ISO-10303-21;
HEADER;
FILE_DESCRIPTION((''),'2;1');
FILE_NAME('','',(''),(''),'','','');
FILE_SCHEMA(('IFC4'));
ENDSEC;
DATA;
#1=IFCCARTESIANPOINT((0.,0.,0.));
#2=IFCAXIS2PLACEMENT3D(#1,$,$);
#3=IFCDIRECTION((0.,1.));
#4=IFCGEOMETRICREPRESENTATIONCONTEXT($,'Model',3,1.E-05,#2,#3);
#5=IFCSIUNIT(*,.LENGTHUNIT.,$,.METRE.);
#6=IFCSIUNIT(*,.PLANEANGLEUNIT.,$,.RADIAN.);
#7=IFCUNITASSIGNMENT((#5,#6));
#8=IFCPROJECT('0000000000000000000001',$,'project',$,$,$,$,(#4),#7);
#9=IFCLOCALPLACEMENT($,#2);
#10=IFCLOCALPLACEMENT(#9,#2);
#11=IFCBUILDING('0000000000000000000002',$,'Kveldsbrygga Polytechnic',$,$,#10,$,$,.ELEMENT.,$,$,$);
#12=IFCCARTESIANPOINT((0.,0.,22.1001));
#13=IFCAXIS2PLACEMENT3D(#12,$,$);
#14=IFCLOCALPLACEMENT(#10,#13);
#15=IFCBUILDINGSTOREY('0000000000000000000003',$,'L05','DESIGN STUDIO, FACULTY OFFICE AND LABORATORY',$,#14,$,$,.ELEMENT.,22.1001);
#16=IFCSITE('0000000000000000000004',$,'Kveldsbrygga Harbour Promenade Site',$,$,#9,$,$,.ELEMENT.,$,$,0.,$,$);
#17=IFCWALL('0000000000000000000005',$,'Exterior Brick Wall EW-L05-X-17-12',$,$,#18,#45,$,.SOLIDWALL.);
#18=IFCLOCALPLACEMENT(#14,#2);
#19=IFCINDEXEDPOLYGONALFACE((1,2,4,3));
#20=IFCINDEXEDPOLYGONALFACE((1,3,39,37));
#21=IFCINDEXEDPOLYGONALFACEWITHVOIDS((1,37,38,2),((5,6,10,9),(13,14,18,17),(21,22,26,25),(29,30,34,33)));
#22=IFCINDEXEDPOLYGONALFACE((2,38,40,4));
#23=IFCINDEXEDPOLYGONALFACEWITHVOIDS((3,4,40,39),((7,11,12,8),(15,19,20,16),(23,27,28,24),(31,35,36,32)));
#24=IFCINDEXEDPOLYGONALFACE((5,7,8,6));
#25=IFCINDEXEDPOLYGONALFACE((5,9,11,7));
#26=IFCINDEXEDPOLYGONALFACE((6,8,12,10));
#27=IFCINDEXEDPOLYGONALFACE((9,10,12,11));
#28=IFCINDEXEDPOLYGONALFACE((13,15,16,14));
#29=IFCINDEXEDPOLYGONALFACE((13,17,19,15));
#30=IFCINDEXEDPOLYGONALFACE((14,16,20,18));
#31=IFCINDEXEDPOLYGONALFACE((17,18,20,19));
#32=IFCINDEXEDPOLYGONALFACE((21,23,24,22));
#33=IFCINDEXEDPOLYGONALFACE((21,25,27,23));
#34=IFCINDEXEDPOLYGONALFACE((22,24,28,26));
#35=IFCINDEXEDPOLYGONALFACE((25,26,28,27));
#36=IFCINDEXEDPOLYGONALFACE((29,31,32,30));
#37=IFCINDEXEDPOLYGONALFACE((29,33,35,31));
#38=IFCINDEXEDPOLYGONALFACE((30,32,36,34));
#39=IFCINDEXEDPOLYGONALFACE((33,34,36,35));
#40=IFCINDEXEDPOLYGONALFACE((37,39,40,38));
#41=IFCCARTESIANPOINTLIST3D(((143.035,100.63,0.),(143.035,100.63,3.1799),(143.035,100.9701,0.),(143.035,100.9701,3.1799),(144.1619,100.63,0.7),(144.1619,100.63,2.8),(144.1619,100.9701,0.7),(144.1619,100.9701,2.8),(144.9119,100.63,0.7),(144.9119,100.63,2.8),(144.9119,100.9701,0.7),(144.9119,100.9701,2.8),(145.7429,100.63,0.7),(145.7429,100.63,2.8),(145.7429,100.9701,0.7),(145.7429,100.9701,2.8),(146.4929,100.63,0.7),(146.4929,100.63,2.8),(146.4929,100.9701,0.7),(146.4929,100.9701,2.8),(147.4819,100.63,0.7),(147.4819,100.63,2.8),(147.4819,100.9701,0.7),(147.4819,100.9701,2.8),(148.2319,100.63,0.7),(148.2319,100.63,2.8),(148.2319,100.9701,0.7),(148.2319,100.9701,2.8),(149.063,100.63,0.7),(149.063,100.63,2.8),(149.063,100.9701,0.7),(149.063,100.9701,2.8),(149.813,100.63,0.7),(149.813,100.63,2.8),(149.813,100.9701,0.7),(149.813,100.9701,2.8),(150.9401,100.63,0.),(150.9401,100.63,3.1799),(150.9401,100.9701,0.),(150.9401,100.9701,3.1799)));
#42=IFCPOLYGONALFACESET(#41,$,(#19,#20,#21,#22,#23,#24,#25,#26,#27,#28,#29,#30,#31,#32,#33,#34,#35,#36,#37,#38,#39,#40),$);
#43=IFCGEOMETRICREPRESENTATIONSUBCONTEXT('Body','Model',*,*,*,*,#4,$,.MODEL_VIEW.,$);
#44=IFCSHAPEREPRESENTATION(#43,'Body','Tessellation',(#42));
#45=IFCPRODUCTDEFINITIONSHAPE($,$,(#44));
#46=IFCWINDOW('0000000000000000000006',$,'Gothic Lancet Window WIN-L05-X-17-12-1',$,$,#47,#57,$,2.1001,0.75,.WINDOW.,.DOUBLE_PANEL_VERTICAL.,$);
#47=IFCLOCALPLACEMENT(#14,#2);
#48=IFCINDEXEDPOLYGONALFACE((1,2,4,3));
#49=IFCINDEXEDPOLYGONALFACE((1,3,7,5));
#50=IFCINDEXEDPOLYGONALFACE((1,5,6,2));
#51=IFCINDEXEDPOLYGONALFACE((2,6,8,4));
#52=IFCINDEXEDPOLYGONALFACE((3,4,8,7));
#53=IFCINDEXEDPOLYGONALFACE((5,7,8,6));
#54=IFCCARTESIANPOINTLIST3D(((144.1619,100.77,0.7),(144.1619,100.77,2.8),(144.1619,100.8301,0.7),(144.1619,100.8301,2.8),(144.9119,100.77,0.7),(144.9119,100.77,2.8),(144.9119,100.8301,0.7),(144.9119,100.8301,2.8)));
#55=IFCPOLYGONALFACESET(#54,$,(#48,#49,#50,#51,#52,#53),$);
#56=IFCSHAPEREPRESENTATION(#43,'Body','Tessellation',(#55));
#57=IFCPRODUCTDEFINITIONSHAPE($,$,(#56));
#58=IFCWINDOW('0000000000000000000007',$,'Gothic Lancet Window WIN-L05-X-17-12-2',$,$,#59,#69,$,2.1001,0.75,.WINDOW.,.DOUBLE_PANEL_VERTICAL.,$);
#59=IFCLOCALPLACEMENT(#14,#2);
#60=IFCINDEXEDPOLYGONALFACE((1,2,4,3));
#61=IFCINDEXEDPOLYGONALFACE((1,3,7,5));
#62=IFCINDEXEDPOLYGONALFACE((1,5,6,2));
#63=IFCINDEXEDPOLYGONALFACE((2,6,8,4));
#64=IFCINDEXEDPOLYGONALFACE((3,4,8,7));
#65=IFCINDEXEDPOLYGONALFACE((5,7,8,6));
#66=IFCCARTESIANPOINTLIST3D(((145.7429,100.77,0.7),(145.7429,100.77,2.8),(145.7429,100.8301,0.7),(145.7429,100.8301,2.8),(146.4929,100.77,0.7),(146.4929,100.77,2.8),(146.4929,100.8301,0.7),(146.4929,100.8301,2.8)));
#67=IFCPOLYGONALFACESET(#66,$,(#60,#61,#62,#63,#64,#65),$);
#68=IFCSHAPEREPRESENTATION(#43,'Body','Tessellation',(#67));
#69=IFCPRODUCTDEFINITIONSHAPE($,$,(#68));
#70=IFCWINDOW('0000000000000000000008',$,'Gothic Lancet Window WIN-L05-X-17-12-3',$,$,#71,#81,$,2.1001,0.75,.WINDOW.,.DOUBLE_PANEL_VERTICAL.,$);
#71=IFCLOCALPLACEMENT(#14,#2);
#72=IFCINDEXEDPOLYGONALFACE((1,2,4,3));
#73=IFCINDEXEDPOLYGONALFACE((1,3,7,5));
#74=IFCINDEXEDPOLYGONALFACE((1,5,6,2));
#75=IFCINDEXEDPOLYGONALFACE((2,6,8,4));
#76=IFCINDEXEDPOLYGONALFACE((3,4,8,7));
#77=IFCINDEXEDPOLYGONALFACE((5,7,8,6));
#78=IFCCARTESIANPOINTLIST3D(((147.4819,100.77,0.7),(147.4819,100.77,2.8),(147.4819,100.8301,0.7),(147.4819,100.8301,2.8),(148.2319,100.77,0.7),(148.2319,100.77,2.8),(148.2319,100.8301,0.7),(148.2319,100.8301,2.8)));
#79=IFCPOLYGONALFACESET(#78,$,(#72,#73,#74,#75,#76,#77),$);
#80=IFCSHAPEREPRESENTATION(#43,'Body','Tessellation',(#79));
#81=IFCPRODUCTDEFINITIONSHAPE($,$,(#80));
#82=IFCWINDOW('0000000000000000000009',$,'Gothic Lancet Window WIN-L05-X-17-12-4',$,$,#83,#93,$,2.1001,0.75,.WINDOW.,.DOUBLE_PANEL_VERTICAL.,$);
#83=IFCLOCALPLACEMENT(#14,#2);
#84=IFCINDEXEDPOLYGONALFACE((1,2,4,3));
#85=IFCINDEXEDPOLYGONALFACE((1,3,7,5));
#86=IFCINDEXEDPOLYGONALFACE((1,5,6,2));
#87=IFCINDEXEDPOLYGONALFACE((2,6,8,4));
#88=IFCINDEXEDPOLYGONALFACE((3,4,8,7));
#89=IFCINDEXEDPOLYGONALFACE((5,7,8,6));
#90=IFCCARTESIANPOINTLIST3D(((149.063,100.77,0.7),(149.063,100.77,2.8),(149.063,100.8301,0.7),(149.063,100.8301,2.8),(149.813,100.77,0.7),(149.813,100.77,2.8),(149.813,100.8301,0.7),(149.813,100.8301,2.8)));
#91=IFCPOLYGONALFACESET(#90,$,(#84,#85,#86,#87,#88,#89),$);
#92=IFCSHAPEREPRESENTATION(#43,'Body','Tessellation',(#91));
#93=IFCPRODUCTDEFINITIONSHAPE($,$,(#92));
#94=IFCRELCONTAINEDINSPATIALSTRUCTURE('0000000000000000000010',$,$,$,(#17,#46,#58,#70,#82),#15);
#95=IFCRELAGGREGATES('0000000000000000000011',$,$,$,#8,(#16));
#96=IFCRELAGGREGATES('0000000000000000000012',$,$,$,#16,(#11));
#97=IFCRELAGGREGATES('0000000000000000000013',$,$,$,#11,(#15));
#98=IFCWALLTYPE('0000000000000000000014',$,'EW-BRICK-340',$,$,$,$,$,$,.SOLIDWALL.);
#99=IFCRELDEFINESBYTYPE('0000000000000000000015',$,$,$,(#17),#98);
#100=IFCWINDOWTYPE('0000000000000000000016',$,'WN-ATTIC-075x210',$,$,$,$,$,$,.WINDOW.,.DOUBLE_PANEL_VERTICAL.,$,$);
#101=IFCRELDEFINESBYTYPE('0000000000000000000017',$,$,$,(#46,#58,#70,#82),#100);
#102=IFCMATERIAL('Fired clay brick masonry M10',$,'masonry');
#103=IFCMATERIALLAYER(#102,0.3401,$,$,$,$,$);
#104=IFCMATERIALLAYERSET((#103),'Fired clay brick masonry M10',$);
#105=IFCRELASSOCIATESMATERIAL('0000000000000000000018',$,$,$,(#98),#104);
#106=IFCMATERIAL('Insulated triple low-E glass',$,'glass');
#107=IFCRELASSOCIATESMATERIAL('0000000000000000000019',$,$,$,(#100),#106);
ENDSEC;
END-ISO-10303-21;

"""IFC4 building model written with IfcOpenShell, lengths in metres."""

from ifc_helpers import new_model, si_unit, direction, frame, frame_2d, origin, place, context, subcontext, project, spatial, rectangle, extrude, material, layer, layer_set, type_object, element, fill, save


model = new_model("IFC4")

# Units and contexts
model_context = context("Model", 3, precision=1e-05, world=origin(), true_north=direction((0.0, 1.0)))
body_context = subcontext(model_context, "Body", "Model", "MODEL_VIEW")
ifc_project = project(units=[si_unit("LENGTHUNIT", "METRE"), si_unit("PLANEANGLEUNIT", "RADIAN")], contexts=[model_context])

# Site, building, storey
site_placement = place(None, origin())
site = spatial("IfcSite", under=ifc_project, at=site_placement, Name="Kveldsbrygga Harbour Promenade Site", CompositionType="ELEMENT", RefElevation=0.0)
building_placement = place(site_placement, origin())
building = spatial("IfcBuilding", under=site, at=building_placement, Name="Kveldsbrygga Polytechnic", CompositionType="ELEMENT")
storey_placement = place(building_placement, frame((0.0, 0.0, 22.1001)))
storey = spatial("IfcBuildingStorey", under=building, at=storey_placement, Name="L05", Description="DESIGN STUDIO, FACULTY OFFICE AND LABORATORY", CompositionType="ELEMENT", Elevation=22.1001)

# Shared definitions
ifc_material_1 = material(Name="Insulated triple low-E glass", Category="glass")

# Wall, openings, windows
ifc_material_2 = material(Name="Fired clay brick masonry M10", Category="masonry")
ifc_layer_1 = layer(ifc_material_2, 0.3401)
ifc_layer_set_1 = layer_set([ifc_layer_1], Name="Fired clay brick masonry M10")
wall_type = type_object("IfcWallType", Name="EW-BRICK-340", PredefinedType="SOLIDWALL", material=ifc_layer_set_1)
wall_placement = place(storey_placement, frame((143.0349, 100.8, 0.0), z_axis=(0.0, 0.0, 1.0), x_axis=(1.0, 0.0, 0.0)))
wall = element("IfcWall", 1, at=wall_placement, inside=storey, type_object=wall_type, Name="Exterior Brick Wall EW-L05-X-17-12", PredefinedType="SOLIDWALL", context=body_context, shape_type="SweptSolid", body=[
    extrude(rectangle(XDim=7.905, YDim=0.3401, at=frame_2d((3.9526, 0.0))), origin(), (0.0, 0.0, 1.0), 3.1799),
])
opening_1_placement = place(wall_placement, frame((1.127, 0.0, 0.7)))
opening_1 = element("IfcOpeningElement", 2, at=opening_1_placement, cuts=wall, PredefinedType="OPENING", context=body_context, shape_type="SweptSolid", body=[
    extrude(rectangle(XDim=0.75, YDim=2.1001, at=frame_2d((0.375, 1.05))), frame((0.0, 0.1802, 0.0), z_axis=(0.0, -1.0, 0.0), x_axis=(1.0, 0.0, 0.0)), (0.0, 0.0, 1.0), 0.3601),
])
opening_2_placement = place(wall_placement, frame((2.708, 0.0, 0.7)))
opening_2 = element("IfcOpeningElement", 3, at=opening_2_placement, cuts=wall, PredefinedType="OPENING", context=body_context, shape_type="SweptSolid", body=[
    extrude(rectangle(XDim=0.75, YDim=2.1001, at=frame_2d((0.375, 1.05))), frame((0.0, 0.1802, 0.0), z_axis=(0.0, -1.0, 0.0), x_axis=(1.0, 0.0, 0.0)), (0.0, 0.0, 1.0), 0.3601),
])
opening_3_placement = place(wall_placement, frame((4.447, 0.0, 0.7)))
opening_3 = element("IfcOpeningElement", 4, at=opening_3_placement, cuts=wall, PredefinedType="OPENING", context=body_context, shape_type="SweptSolid", body=[
    extrude(rectangle(XDim=0.75, YDim=2.1001, at=frame_2d((0.375, 1.05))), frame((0.0, 0.1802, 0.0), z_axis=(0.0, -1.0, 0.0), x_axis=(1.0, 0.0, 0.0)), (0.0, 0.0, 1.0), 0.3601),
])
opening_4_placement = place(wall_placement, frame((6.0281, 0.0, 0.7)))
opening_4 = element("IfcOpeningElement", 5, at=opening_4_placement, cuts=wall, PredefinedType="OPENING", context=body_context, shape_type="SweptSolid", body=[
    extrude(rectangle(XDim=0.75, YDim=2.1001, at=frame_2d((0.375, 1.05))), frame((0.0, 0.1802, 0.0), z_axis=(0.0, -1.0, 0.0), x_axis=(1.0, 0.0, 0.0)), (0.0, 0.0, 1.0), 0.3601),
])
window_type = type_object("IfcWindowType", Name="WN-ATTIC-075x210", PartitioningType="DOUBLE_PANEL_VERTICAL", PredefinedType="WINDOW", material=ifc_material_1)
window_1_placement = place(opening_1_placement, origin())
window_1 = element("IfcWindow", 6, at=window_1_placement, inside=storey, type_object=window_type, Name="Gothic Lancet Window WIN-L05-X-17-12-1", OverallHeight=2.1001, OverallWidth=0.75, PartitioningType="DOUBLE_PANEL_VERTICAL", PredefinedType="WINDOW", context=body_context, shape_type="SweptSolid", body=[
    extrude(rectangle(XDim=0.75, YDim=2.1001, at=frame_2d((0.375, 1.05))), frame((0.0, 0.03, 0.0), z_axis=(0.0, -1.0, 0.0), x_axis=(1.0, 0.0, 0.0)), (0.0, 0.0, 1.0), 0.0601),
])
fill(opening_1, window_1)
window_2_placement = place(opening_2_placement, origin())
window_2 = element("IfcWindow", 7, at=window_2_placement, inside=storey, type_object=window_type, Name="Gothic Lancet Window WIN-L05-X-17-12-2", OverallHeight=2.1001, OverallWidth=0.75, PartitioningType="DOUBLE_PANEL_VERTICAL", PredefinedType="WINDOW", context=body_context, shape_type="SweptSolid", body=[
    extrude(rectangle(XDim=0.75, YDim=2.1001, at=frame_2d((0.375, 1.05))), frame((0.0, 0.03, 0.0), z_axis=(0.0, -1.0, 0.0), x_axis=(1.0, 0.0, 0.0)), (0.0, 0.0, 1.0), 0.0601),
])
fill(opening_2, window_2)
window_3_placement = place(opening_3_placement, origin())
window_3 = element("IfcWindow", 8, at=window_3_placement, inside=storey, type_object=window_type, Name="Gothic Lancet Window WIN-L05-X-17-12-3", OverallHeight=2.1001, OverallWidth=0.75, PartitioningType="DOUBLE_PANEL_VERTICAL", PredefinedType="WINDOW", context=body_context, shape_type="SweptSolid", body=[
    extrude(rectangle(XDim=0.75, YDim=2.1001, at=frame_2d((0.375, 1.05))), frame((0.0, 0.03, 0.0), z_axis=(0.0, -1.0, 0.0), x_axis=(1.0, 0.0, 0.0)), (0.0, 0.0, 1.0), 0.0601),
])
fill(opening_3, window_3)
window_4_placement = place(opening_4_placement, origin())
window_4 = element("IfcWindow", 9, at=window_4_placement, inside=storey, type_object=window_type, Name="Gothic Lancet Window WIN-L05-X-17-12-4", OverallHeight=2.1001, OverallWidth=0.75, PartitioningType="DOUBLE_PANEL_VERTICAL", PredefinedType="WINDOW", context=body_context, shape_type="SweptSolid", body=[
    extrude(rectangle(XDim=0.75, YDim=2.1001, at=frame_2d((0.375, 1.05))), frame((0.0, 0.03, 0.0), z_axis=(0.0, -1.0, 0.0), x_axis=(1.0, 0.0, 0.0)), (0.0, 0.0, 1.0), 0.0601),
])
fill(opening_4, window_4)

save(model, "model.ifc")
